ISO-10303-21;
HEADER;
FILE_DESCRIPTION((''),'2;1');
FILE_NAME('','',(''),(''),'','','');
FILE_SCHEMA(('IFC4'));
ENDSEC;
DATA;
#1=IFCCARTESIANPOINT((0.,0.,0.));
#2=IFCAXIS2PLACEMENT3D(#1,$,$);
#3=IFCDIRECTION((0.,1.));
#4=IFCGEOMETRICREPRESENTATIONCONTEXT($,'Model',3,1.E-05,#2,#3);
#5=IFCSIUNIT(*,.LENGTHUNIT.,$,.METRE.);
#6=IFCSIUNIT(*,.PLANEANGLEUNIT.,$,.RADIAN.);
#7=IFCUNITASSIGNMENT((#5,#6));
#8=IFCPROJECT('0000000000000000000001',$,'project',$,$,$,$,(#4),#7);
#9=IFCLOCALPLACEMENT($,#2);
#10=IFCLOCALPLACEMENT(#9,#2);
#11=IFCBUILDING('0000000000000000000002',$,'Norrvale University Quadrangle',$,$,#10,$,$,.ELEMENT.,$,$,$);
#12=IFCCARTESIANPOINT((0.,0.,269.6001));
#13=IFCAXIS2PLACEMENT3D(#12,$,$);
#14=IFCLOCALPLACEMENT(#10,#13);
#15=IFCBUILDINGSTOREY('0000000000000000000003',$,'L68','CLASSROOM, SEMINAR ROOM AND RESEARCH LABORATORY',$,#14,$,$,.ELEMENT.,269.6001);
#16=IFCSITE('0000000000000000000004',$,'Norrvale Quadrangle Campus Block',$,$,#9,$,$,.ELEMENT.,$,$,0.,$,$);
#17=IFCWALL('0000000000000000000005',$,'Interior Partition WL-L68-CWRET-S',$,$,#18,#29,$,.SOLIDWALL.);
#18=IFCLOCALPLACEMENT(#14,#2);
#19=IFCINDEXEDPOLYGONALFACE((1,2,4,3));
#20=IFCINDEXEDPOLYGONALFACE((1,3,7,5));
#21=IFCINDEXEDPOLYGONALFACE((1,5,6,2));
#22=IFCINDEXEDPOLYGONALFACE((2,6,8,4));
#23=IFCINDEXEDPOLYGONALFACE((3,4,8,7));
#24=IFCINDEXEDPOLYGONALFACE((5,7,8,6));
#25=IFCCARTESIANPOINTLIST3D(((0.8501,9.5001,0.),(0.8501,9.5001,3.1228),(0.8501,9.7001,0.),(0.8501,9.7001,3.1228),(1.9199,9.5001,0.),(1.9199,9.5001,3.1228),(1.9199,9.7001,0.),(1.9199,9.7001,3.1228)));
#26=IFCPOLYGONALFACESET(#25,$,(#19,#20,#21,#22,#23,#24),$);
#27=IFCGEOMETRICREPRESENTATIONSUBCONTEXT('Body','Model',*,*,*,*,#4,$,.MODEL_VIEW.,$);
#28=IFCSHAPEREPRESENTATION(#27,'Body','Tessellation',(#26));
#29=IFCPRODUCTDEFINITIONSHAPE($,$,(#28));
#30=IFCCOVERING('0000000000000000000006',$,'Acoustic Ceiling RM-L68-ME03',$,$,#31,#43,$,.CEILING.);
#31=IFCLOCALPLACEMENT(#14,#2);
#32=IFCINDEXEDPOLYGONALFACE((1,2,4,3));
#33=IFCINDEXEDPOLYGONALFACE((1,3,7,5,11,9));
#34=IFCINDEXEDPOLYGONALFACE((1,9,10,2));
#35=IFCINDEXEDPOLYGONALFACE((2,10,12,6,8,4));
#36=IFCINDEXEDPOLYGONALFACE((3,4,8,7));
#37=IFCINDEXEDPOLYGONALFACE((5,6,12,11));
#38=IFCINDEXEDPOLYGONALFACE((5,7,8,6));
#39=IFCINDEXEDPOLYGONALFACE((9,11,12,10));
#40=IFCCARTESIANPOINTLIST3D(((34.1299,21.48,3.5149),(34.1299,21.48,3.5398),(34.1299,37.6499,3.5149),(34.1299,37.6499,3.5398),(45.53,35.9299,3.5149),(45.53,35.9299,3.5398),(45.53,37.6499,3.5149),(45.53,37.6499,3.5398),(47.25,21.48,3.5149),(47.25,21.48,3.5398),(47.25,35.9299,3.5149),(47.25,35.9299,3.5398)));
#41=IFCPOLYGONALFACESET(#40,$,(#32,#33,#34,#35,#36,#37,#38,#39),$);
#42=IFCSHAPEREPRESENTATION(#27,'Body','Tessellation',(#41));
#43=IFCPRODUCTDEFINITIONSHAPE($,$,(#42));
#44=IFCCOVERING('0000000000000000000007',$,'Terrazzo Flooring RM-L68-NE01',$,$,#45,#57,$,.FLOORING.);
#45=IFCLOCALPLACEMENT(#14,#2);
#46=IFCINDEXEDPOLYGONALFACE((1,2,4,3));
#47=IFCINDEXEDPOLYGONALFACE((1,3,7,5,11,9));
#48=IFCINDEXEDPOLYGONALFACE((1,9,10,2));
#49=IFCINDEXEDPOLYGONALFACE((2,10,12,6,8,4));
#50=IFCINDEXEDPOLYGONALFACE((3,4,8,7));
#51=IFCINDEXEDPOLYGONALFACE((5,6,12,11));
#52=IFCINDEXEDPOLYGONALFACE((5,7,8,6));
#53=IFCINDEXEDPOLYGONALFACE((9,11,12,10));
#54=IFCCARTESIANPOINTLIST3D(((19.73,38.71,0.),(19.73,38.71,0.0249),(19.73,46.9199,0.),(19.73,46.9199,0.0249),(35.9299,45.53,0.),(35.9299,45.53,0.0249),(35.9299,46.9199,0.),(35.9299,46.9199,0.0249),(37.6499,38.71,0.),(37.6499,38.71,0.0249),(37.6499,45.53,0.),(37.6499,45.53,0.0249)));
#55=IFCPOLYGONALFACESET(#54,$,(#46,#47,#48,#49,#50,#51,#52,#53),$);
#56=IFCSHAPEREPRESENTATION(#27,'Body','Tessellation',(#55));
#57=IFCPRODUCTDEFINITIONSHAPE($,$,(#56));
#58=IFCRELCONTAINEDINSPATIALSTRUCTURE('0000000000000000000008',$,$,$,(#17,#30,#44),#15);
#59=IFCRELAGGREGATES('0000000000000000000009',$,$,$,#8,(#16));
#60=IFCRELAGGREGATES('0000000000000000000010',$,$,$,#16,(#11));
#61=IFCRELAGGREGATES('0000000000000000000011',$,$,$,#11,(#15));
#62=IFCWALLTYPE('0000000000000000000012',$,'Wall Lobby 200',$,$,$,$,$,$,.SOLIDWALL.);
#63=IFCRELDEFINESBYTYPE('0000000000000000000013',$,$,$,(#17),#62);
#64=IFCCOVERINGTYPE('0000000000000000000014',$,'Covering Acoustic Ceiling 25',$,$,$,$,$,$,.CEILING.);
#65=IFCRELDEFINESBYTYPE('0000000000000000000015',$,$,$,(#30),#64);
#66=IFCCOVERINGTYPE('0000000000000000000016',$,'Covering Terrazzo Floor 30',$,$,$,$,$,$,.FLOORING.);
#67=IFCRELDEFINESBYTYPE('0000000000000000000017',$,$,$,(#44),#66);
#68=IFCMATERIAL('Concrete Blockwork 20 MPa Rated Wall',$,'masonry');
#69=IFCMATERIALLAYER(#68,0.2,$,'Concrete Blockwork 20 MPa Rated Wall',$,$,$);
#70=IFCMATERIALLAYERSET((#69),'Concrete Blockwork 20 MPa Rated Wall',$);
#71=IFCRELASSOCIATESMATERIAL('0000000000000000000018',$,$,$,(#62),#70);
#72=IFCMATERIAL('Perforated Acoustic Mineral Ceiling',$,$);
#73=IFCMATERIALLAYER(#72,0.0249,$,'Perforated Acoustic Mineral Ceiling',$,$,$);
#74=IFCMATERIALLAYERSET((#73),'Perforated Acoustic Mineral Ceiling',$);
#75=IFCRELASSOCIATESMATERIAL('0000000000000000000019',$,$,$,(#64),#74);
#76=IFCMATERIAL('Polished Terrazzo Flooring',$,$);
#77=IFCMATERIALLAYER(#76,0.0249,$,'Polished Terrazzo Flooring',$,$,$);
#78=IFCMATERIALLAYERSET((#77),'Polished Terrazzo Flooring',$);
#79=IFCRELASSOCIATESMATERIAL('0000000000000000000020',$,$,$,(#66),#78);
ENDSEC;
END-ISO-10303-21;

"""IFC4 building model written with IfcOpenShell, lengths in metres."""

from ifc_helpers import new_model, si_unit, direction, frame, frame_2d, origin, place, context, subcontext, project, spatial, polyline, rectangle, outline, extrude, material, layer, layer_set, type_object, element, save


model = new_model("IFC4")

# Units and contexts
model_context = context("Model", 3, precision=1e-05, world=origin(), true_north=direction((0.0, 1.0)))
body_context = subcontext(model_context, "Body", "Model", "MODEL_VIEW")
ifc_project = project(units=[si_unit("LENGTHUNIT", "METRE"), si_unit("PLANEANGLEUNIT", "RADIAN")], contexts=[model_context])

# Site, building, storey
site_placement = place(None, origin())
site = spatial("IfcSite", under=ifc_project, at=site_placement, Name="Norrvale Quadrangle Campus Block", CompositionType="ELEMENT", RefElevation=0.0)
building_placement = place(site_placement, origin())
building = spatial("IfcBuilding", under=site, at=building_placement, Name="Norrvale University Quadrangle", CompositionType="ELEMENT")
storey_placement = place(building_placement, frame((0.0, 0.0, 269.6001)))
storey = spatial("IfcBuildingStorey", under=building, at=storey_placement, Name="L68", Description="CLASSROOM, SEMINAR ROOM AND RESEARCH LABORATORY", CompositionType="ELEMENT", Elevation=269.6001)

# Wall
ifc_material_1 = material(Name="Concrete Blockwork 20 MPa Rated Wall", Category="masonry")
ifc_layer_1 = layer(ifc_material_1, 0.2, Name="Concrete Blockwork 20 MPa Rated Wall")
ifc_layer_set_1 = layer_set([ifc_layer_1], Name="Concrete Blockwork 20 MPa Rated Wall")
wall_type_1 = type_object("IfcWallType", Name="Wall Lobby 200", PredefinedType="SOLIDWALL", material=ifc_layer_set_1)
wall_1_placement = place(storey_placement, frame((0.8501, 9.6001, 0.0), z_axis=(0.0, 0.0, 1.0), x_axis=(1.0, 0.0, 0.0)))
element("IfcWall", 1, at=wall_1_placement, inside=storey, type_object=wall_type_1, Name="Interior Partition WL-L68-CWRET-S", PredefinedType="SOLIDWALL", context=body_context, shape_type="SweptSolid", body=[
    extrude(rectangle(XDim=1.0698, YDim=0.2, at=frame_2d((0.5349, 0.0))), origin(), (0.0, 0.0, 1.0), 3.1228),
])

# Coverings
ifc_material_2 = material(Name="Perforated Acoustic Mineral Ceiling")
ifc_layer_2 = layer(ifc_material_2, 0.0249, Name="Perforated Acoustic Mineral Ceiling")
ifc_layer_set_2 = layer_set([ifc_layer_2], Name="Perforated Acoustic Mineral Ceiling")
covering_type_1 = type_object("IfcCoveringType", Name="Covering Acoustic Ceiling 25", PredefinedType="CEILING", material=ifc_layer_set_2)
covering_1_placement = place(storey_placement, frame((0.0, 0.0, 3.5149)))
element("IfcCovering", 2, at=covering_1_placement, inside=storey, type_object=covering_type_1, Name="Acoustic Ceiling RM-L68-ME03", PredefinedType="CEILING", context=body_context, shape_type="SweptSolid", body=[
    extrude(outline(polyline([(47.25, 21.48), (34.1299, 21.48), (34.1299, 37.6499), (45.53, 37.6499), (45.53, 35.9299), (47.25, 35.9299), (47.25, 21.48)])), origin(), (0.0, 0.0, 1.0), 0.0249),
])
ifc_material_3 = material(Name="Polished Terrazzo Flooring")
ifc_layer_3 = layer(ifc_material_3, 0.0249, Name="Polished Terrazzo Flooring")
ifc_layer_set_3 = layer_set([ifc_layer_3], Name="Polished Terrazzo Flooring")
covering_type_2 = type_object("IfcCoveringType", Name="Covering Terrazzo Floor 30", PredefinedType="FLOORING", material=ifc_layer_set_3)
covering_2_placement = place(storey_placement, origin())
element("IfcCovering", 3, at=covering_2_placement, inside=storey, type_object=covering_type_2, Name="Terrazzo Flooring RM-L68-NE01", PredefinedType="FLOORING", context=body_context, shape_type="SweptSolid", body=[
    extrude(outline(polyline([(37.6499, 38.71), (19.73, 38.71), (19.73, 46.9199), (35.9299, 46.9199), (35.9299, 45.53), (37.6499, 45.53), (37.6499, 38.71)])), origin(), (0.0, 0.0, 1.0), 0.0249),
])

save(model, "model.ifc")
